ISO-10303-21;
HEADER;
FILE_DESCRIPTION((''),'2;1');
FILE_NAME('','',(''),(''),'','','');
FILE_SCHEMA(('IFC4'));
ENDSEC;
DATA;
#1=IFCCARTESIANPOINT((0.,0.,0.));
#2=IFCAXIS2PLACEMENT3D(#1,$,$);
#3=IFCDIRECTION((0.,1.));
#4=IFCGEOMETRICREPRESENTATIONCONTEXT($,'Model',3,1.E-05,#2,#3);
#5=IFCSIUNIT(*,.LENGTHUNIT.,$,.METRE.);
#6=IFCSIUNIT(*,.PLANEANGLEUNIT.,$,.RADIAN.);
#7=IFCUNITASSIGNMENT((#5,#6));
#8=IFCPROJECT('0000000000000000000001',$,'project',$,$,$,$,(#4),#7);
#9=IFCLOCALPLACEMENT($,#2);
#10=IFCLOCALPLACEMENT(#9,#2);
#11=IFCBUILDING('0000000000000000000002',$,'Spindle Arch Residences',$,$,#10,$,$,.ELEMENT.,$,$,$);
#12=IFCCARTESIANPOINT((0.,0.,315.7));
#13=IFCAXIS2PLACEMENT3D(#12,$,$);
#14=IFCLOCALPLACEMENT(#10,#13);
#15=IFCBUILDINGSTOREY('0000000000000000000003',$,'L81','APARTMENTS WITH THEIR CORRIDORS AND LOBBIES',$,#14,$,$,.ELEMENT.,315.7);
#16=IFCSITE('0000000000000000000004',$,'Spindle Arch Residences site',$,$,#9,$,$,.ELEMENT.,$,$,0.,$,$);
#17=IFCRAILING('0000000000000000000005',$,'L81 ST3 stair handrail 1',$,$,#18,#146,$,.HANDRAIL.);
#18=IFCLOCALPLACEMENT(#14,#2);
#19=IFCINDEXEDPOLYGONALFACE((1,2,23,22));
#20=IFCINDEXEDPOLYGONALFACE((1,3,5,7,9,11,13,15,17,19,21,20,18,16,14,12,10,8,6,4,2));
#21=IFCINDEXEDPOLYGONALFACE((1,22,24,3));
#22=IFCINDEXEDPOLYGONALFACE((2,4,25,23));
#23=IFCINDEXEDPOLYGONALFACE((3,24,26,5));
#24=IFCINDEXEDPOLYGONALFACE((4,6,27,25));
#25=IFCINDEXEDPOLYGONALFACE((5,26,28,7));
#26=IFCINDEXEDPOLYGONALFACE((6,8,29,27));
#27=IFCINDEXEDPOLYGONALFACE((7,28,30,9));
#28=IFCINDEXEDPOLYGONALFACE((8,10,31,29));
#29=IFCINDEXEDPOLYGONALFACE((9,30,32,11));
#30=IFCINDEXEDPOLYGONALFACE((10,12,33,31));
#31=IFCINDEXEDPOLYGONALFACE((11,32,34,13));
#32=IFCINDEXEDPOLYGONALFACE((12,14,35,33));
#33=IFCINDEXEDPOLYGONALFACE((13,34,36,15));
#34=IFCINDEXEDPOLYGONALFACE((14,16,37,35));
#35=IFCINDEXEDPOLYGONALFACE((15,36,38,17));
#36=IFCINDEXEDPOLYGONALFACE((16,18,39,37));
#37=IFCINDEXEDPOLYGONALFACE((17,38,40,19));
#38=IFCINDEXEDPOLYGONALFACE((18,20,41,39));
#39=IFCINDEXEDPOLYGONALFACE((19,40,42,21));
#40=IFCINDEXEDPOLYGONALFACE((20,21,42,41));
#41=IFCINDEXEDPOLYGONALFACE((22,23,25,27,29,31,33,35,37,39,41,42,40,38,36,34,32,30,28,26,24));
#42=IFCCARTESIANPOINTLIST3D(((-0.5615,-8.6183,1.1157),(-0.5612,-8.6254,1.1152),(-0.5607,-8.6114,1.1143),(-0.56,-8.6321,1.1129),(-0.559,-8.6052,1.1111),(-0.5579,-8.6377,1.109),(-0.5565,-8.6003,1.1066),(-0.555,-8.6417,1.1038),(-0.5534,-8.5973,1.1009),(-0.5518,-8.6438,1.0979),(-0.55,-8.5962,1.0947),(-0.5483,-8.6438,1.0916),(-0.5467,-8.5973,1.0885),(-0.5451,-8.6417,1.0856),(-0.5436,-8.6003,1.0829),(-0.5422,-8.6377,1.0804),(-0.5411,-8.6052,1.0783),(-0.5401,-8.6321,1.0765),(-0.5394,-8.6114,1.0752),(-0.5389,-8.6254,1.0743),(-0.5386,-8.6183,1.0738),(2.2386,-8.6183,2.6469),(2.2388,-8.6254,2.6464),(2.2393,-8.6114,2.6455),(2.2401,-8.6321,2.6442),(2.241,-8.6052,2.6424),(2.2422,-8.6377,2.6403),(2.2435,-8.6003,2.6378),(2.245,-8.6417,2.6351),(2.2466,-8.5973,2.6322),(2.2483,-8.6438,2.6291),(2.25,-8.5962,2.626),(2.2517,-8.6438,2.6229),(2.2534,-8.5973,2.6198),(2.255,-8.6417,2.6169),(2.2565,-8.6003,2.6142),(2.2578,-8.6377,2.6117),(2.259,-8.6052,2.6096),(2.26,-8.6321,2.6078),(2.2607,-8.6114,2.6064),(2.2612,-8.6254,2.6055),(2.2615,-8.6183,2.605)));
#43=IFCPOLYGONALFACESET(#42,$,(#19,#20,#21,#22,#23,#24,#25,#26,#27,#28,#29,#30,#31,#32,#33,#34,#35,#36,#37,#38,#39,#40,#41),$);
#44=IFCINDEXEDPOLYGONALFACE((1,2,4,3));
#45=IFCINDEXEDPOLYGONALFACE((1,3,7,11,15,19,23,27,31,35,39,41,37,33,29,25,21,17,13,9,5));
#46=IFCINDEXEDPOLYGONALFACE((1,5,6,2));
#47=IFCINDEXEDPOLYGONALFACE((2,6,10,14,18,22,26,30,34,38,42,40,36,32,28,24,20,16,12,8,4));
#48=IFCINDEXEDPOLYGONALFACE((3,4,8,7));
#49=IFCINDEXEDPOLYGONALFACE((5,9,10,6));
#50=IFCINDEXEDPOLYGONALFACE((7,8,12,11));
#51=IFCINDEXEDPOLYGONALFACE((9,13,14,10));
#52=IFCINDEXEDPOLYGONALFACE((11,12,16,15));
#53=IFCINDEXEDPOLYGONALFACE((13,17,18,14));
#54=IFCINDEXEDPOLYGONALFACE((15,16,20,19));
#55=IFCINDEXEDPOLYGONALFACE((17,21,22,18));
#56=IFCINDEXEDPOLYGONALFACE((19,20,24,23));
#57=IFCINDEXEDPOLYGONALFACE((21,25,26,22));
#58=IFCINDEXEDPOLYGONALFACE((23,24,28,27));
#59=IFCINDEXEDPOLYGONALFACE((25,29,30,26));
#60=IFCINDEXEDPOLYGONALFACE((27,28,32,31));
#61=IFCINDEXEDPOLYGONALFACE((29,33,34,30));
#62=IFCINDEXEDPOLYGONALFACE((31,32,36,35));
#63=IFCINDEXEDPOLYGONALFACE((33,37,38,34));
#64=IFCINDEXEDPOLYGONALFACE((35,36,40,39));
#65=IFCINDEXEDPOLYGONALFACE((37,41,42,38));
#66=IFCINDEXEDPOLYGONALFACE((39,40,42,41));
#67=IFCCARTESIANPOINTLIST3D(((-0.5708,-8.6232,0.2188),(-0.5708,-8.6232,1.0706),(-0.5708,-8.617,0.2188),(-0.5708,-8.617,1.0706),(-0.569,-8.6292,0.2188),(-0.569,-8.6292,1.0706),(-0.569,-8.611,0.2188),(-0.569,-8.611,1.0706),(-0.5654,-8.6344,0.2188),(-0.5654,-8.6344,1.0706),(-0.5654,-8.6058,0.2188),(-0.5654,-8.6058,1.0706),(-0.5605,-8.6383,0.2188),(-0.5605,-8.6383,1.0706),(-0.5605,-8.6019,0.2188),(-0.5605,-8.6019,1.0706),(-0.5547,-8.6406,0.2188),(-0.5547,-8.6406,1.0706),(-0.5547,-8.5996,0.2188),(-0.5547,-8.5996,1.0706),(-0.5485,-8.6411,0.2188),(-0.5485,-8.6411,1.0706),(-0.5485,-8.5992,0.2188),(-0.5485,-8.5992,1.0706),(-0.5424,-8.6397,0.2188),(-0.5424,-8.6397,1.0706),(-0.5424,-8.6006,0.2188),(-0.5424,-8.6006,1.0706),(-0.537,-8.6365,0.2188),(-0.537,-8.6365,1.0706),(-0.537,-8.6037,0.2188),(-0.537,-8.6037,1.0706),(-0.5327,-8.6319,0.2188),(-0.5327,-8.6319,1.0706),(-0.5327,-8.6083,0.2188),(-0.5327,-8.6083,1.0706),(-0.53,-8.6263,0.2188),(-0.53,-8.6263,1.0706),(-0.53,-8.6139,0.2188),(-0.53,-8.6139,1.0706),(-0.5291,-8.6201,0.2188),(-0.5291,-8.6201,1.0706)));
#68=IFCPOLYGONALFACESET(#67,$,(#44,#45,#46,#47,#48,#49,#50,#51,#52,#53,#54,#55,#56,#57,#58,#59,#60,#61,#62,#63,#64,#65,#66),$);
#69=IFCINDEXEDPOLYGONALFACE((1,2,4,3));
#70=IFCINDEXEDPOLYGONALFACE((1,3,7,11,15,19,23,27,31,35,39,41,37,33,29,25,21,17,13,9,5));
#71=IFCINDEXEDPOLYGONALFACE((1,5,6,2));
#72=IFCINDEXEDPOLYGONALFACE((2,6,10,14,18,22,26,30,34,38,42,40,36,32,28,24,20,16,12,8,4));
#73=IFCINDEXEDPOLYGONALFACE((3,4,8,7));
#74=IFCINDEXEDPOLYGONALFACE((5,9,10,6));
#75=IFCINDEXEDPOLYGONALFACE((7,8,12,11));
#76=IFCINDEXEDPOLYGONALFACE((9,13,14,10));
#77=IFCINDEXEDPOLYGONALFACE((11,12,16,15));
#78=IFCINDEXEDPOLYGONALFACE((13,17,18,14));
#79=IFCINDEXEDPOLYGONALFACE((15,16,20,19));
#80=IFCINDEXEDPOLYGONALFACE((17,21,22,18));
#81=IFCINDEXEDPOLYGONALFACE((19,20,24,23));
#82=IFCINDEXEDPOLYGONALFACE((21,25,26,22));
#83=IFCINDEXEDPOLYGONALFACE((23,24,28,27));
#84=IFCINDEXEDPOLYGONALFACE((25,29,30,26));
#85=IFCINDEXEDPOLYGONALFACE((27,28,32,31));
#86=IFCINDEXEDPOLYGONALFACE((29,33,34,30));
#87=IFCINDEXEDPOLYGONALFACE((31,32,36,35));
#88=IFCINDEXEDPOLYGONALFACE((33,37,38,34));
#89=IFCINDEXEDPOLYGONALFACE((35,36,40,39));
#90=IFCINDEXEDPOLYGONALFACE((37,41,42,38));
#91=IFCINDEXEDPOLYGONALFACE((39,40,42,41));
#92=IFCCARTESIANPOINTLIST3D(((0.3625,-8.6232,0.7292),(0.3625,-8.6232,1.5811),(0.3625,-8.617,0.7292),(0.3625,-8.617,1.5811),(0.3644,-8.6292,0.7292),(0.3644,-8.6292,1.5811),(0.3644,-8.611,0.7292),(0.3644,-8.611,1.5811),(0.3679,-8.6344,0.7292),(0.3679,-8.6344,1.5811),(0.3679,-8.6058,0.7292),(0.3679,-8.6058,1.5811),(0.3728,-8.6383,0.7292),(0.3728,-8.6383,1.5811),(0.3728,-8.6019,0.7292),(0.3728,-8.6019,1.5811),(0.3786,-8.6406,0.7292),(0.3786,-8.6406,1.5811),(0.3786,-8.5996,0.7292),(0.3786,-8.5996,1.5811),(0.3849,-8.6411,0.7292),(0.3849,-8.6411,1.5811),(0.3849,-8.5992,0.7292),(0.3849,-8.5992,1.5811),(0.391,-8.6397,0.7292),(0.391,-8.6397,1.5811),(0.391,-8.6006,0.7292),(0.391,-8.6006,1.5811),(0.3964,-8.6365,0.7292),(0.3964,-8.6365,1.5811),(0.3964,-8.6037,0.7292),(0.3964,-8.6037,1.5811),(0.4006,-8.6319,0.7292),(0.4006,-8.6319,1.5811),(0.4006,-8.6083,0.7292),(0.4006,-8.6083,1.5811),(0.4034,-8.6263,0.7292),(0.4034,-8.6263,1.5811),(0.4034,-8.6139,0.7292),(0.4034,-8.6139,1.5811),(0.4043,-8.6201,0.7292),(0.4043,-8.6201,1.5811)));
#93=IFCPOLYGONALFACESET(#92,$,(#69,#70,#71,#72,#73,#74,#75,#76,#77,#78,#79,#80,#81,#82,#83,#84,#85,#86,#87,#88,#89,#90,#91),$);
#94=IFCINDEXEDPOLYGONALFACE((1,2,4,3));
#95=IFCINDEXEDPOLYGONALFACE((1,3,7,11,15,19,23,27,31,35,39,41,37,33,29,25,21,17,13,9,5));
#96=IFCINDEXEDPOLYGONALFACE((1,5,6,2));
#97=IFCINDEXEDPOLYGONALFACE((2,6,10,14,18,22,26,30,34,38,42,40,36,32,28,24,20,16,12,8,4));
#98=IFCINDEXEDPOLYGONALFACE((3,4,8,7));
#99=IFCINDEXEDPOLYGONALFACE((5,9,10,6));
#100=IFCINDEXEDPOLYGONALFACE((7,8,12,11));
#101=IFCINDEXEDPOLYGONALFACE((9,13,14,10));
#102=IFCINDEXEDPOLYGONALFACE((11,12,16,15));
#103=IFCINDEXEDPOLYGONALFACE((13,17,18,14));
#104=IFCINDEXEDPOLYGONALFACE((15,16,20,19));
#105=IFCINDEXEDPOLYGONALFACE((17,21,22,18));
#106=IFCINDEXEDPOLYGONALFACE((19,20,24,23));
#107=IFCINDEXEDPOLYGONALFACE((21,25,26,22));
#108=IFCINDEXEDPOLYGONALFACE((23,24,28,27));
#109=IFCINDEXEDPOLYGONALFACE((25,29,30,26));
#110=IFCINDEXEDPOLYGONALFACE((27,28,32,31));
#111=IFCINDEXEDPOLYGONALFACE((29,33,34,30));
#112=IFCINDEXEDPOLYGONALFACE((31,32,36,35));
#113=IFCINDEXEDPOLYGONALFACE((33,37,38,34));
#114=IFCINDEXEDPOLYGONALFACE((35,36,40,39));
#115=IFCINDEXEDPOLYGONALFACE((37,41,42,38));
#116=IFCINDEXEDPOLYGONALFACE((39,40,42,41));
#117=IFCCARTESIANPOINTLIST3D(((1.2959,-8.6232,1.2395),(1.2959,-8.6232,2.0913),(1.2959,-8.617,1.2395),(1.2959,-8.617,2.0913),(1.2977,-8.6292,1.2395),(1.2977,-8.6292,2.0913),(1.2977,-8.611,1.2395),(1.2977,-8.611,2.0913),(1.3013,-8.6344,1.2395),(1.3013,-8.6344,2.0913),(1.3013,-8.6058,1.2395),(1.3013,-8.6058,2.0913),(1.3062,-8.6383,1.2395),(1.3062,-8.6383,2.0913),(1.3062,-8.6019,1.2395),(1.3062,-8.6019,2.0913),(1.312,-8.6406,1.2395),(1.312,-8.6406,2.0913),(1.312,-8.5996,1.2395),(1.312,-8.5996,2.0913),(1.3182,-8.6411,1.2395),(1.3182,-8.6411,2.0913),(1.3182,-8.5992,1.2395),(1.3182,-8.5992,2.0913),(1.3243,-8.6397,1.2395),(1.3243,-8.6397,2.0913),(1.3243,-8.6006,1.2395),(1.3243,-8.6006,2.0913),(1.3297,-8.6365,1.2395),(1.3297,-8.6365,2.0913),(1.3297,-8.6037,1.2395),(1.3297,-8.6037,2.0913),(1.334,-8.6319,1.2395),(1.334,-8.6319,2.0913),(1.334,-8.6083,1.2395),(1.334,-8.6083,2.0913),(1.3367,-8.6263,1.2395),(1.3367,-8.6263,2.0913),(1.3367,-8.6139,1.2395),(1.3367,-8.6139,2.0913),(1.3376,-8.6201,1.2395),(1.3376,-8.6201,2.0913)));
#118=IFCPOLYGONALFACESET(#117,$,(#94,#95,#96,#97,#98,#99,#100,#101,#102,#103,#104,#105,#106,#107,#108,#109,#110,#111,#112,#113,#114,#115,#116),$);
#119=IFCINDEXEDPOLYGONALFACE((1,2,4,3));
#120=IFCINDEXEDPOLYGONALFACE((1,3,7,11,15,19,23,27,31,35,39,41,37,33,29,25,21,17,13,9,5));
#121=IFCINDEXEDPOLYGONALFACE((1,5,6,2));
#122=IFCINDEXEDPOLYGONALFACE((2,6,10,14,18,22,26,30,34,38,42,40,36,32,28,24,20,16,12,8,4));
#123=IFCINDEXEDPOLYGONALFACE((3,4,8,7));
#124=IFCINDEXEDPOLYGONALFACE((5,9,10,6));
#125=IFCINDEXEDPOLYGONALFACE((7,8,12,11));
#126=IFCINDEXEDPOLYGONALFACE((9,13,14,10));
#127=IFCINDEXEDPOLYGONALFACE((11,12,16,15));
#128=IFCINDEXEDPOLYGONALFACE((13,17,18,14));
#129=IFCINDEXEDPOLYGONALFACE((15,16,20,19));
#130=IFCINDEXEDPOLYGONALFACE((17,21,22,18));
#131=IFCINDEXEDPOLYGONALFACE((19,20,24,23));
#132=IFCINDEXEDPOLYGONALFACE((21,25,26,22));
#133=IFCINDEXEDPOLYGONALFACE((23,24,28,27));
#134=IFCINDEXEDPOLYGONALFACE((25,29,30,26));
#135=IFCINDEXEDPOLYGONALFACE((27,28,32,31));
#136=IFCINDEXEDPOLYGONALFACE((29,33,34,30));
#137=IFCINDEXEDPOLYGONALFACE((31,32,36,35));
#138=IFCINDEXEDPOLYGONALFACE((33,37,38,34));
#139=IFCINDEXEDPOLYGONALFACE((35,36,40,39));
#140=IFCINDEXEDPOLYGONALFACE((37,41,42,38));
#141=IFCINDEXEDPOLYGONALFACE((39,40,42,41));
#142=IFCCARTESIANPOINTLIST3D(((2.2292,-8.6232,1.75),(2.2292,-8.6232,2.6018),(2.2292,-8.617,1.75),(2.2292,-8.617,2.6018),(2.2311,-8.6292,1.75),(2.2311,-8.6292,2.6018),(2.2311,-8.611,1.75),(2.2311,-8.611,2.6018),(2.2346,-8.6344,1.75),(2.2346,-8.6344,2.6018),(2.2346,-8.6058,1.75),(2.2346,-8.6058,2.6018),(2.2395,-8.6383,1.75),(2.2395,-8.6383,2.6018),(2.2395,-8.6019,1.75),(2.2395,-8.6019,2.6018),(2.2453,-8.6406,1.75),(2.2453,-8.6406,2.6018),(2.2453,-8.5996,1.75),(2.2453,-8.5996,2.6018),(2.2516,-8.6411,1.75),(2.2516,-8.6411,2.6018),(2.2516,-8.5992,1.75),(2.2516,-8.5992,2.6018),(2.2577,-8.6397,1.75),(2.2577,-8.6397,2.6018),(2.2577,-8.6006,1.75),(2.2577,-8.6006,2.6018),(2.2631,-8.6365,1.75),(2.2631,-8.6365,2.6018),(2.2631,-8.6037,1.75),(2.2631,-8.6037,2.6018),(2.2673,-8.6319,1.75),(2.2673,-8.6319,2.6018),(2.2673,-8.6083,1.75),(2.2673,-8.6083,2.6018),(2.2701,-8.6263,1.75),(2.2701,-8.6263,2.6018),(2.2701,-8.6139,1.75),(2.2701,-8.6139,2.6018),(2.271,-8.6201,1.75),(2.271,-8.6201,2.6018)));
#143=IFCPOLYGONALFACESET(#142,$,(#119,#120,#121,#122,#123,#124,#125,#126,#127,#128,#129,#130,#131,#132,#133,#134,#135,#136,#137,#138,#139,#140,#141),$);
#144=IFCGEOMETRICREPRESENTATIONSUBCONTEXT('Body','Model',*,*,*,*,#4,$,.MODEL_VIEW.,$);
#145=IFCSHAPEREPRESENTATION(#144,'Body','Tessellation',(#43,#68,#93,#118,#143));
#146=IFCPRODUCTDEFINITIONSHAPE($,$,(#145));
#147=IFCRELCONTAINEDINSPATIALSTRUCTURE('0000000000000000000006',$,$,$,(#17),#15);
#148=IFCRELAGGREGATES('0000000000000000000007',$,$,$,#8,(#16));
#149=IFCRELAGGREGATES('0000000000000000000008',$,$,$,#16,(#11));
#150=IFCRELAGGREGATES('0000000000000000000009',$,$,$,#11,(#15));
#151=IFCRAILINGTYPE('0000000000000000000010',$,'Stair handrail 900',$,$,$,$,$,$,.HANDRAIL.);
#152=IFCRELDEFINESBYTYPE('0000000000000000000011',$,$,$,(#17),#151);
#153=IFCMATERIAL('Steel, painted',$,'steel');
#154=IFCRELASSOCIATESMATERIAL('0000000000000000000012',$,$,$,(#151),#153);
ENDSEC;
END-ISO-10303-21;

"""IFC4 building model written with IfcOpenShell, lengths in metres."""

from ifc_helpers import new_model, si_unit, direction, frame, origin, origin_2d, place, context, subcontext, project, spatial, circle, extrude, material, type_object, element, save


model = new_model("IFC4")

# Units and contexts
model_context = context("Model", 3, precision=1e-05, world=origin(), true_north=direction((0.0, 1.0)))
body_context = subcontext(model_context, "Body", "Model", "MODEL_VIEW")
ifc_project = project(units=[si_unit("LENGTHUNIT", "METRE"), si_unit("PLANEANGLEUNIT", "RADIAN")], contexts=[model_context])

# Site, building, storey
site_placement = place(None, origin())
site = spatial("IfcSite", under=ifc_project, at=site_placement, Name="Spindle Arch Residences site", CompositionType="ELEMENT", RefElevation=0.0)
building_placement = place(site_placement, origin())
building = spatial("IfcBuilding", under=site, at=building_placement, Name="Spindle Arch Residences", CompositionType="ELEMENT")
storey_placement = place(building_placement, frame((0.0, 0.0, 315.7)))
storey = spatial("IfcBuildingStorey", under=building, at=storey_placement, Name="L81", Description="APARTMENTS WITH THEIR CORRIDORS AND LOBBIES", CompositionType="ELEMENT", Elevation=315.7)

# Railing
ifc_material_1 = material(Name="Steel, painted", Category="steel")
railing_type = type_object("IfcRailingType", Name="Stair handrail 900", PredefinedType="HANDRAIL", material=ifc_material_1)
railing_placement = place(storey_placement, frame((-0.55, -8.6201, 0.2188)))
element("IfcRailing", 1, at=railing_placement, inside=storey, type_object=railing_type, Name="L81 ST3 stair handrail 1", PredefinedType="HANDRAIL", context=body_context, shape_type="SweptSolid", body=[
    extrude(circle(Radius=0.0239, at=origin_2d()), frame((0.0, 0.0, 0.876), z_axis=(0.877375, 0.0, 0.479806), x_axis=(0.0, 1.0, 0.0)), (0.0, 0.0, 1.0), 3.1914),
    extrude(circle(Radius=0.021, at=origin_2d()), origin(), (0.0, 0.0, 1.0), 0.8518),
    extrude(circle(Radius=0.021, at=origin_2d()), frame((0.9333, 0.0, 0.5105)), (0.0, 0.0, 1.0), 0.8518),
    extrude(circle(Radius=0.021, at=origin_2d()), frame((1.8667, 0.0, 1.0208)), (0.0, 0.0, 1.0), 0.8518),
    extrude(circle(Radius=0.021, at=origin_2d()), frame((2.8, 0.0, 1.5312)), (0.0, 0.0, 1.0), 0.8518),
])

save(model, "model.ifc")
